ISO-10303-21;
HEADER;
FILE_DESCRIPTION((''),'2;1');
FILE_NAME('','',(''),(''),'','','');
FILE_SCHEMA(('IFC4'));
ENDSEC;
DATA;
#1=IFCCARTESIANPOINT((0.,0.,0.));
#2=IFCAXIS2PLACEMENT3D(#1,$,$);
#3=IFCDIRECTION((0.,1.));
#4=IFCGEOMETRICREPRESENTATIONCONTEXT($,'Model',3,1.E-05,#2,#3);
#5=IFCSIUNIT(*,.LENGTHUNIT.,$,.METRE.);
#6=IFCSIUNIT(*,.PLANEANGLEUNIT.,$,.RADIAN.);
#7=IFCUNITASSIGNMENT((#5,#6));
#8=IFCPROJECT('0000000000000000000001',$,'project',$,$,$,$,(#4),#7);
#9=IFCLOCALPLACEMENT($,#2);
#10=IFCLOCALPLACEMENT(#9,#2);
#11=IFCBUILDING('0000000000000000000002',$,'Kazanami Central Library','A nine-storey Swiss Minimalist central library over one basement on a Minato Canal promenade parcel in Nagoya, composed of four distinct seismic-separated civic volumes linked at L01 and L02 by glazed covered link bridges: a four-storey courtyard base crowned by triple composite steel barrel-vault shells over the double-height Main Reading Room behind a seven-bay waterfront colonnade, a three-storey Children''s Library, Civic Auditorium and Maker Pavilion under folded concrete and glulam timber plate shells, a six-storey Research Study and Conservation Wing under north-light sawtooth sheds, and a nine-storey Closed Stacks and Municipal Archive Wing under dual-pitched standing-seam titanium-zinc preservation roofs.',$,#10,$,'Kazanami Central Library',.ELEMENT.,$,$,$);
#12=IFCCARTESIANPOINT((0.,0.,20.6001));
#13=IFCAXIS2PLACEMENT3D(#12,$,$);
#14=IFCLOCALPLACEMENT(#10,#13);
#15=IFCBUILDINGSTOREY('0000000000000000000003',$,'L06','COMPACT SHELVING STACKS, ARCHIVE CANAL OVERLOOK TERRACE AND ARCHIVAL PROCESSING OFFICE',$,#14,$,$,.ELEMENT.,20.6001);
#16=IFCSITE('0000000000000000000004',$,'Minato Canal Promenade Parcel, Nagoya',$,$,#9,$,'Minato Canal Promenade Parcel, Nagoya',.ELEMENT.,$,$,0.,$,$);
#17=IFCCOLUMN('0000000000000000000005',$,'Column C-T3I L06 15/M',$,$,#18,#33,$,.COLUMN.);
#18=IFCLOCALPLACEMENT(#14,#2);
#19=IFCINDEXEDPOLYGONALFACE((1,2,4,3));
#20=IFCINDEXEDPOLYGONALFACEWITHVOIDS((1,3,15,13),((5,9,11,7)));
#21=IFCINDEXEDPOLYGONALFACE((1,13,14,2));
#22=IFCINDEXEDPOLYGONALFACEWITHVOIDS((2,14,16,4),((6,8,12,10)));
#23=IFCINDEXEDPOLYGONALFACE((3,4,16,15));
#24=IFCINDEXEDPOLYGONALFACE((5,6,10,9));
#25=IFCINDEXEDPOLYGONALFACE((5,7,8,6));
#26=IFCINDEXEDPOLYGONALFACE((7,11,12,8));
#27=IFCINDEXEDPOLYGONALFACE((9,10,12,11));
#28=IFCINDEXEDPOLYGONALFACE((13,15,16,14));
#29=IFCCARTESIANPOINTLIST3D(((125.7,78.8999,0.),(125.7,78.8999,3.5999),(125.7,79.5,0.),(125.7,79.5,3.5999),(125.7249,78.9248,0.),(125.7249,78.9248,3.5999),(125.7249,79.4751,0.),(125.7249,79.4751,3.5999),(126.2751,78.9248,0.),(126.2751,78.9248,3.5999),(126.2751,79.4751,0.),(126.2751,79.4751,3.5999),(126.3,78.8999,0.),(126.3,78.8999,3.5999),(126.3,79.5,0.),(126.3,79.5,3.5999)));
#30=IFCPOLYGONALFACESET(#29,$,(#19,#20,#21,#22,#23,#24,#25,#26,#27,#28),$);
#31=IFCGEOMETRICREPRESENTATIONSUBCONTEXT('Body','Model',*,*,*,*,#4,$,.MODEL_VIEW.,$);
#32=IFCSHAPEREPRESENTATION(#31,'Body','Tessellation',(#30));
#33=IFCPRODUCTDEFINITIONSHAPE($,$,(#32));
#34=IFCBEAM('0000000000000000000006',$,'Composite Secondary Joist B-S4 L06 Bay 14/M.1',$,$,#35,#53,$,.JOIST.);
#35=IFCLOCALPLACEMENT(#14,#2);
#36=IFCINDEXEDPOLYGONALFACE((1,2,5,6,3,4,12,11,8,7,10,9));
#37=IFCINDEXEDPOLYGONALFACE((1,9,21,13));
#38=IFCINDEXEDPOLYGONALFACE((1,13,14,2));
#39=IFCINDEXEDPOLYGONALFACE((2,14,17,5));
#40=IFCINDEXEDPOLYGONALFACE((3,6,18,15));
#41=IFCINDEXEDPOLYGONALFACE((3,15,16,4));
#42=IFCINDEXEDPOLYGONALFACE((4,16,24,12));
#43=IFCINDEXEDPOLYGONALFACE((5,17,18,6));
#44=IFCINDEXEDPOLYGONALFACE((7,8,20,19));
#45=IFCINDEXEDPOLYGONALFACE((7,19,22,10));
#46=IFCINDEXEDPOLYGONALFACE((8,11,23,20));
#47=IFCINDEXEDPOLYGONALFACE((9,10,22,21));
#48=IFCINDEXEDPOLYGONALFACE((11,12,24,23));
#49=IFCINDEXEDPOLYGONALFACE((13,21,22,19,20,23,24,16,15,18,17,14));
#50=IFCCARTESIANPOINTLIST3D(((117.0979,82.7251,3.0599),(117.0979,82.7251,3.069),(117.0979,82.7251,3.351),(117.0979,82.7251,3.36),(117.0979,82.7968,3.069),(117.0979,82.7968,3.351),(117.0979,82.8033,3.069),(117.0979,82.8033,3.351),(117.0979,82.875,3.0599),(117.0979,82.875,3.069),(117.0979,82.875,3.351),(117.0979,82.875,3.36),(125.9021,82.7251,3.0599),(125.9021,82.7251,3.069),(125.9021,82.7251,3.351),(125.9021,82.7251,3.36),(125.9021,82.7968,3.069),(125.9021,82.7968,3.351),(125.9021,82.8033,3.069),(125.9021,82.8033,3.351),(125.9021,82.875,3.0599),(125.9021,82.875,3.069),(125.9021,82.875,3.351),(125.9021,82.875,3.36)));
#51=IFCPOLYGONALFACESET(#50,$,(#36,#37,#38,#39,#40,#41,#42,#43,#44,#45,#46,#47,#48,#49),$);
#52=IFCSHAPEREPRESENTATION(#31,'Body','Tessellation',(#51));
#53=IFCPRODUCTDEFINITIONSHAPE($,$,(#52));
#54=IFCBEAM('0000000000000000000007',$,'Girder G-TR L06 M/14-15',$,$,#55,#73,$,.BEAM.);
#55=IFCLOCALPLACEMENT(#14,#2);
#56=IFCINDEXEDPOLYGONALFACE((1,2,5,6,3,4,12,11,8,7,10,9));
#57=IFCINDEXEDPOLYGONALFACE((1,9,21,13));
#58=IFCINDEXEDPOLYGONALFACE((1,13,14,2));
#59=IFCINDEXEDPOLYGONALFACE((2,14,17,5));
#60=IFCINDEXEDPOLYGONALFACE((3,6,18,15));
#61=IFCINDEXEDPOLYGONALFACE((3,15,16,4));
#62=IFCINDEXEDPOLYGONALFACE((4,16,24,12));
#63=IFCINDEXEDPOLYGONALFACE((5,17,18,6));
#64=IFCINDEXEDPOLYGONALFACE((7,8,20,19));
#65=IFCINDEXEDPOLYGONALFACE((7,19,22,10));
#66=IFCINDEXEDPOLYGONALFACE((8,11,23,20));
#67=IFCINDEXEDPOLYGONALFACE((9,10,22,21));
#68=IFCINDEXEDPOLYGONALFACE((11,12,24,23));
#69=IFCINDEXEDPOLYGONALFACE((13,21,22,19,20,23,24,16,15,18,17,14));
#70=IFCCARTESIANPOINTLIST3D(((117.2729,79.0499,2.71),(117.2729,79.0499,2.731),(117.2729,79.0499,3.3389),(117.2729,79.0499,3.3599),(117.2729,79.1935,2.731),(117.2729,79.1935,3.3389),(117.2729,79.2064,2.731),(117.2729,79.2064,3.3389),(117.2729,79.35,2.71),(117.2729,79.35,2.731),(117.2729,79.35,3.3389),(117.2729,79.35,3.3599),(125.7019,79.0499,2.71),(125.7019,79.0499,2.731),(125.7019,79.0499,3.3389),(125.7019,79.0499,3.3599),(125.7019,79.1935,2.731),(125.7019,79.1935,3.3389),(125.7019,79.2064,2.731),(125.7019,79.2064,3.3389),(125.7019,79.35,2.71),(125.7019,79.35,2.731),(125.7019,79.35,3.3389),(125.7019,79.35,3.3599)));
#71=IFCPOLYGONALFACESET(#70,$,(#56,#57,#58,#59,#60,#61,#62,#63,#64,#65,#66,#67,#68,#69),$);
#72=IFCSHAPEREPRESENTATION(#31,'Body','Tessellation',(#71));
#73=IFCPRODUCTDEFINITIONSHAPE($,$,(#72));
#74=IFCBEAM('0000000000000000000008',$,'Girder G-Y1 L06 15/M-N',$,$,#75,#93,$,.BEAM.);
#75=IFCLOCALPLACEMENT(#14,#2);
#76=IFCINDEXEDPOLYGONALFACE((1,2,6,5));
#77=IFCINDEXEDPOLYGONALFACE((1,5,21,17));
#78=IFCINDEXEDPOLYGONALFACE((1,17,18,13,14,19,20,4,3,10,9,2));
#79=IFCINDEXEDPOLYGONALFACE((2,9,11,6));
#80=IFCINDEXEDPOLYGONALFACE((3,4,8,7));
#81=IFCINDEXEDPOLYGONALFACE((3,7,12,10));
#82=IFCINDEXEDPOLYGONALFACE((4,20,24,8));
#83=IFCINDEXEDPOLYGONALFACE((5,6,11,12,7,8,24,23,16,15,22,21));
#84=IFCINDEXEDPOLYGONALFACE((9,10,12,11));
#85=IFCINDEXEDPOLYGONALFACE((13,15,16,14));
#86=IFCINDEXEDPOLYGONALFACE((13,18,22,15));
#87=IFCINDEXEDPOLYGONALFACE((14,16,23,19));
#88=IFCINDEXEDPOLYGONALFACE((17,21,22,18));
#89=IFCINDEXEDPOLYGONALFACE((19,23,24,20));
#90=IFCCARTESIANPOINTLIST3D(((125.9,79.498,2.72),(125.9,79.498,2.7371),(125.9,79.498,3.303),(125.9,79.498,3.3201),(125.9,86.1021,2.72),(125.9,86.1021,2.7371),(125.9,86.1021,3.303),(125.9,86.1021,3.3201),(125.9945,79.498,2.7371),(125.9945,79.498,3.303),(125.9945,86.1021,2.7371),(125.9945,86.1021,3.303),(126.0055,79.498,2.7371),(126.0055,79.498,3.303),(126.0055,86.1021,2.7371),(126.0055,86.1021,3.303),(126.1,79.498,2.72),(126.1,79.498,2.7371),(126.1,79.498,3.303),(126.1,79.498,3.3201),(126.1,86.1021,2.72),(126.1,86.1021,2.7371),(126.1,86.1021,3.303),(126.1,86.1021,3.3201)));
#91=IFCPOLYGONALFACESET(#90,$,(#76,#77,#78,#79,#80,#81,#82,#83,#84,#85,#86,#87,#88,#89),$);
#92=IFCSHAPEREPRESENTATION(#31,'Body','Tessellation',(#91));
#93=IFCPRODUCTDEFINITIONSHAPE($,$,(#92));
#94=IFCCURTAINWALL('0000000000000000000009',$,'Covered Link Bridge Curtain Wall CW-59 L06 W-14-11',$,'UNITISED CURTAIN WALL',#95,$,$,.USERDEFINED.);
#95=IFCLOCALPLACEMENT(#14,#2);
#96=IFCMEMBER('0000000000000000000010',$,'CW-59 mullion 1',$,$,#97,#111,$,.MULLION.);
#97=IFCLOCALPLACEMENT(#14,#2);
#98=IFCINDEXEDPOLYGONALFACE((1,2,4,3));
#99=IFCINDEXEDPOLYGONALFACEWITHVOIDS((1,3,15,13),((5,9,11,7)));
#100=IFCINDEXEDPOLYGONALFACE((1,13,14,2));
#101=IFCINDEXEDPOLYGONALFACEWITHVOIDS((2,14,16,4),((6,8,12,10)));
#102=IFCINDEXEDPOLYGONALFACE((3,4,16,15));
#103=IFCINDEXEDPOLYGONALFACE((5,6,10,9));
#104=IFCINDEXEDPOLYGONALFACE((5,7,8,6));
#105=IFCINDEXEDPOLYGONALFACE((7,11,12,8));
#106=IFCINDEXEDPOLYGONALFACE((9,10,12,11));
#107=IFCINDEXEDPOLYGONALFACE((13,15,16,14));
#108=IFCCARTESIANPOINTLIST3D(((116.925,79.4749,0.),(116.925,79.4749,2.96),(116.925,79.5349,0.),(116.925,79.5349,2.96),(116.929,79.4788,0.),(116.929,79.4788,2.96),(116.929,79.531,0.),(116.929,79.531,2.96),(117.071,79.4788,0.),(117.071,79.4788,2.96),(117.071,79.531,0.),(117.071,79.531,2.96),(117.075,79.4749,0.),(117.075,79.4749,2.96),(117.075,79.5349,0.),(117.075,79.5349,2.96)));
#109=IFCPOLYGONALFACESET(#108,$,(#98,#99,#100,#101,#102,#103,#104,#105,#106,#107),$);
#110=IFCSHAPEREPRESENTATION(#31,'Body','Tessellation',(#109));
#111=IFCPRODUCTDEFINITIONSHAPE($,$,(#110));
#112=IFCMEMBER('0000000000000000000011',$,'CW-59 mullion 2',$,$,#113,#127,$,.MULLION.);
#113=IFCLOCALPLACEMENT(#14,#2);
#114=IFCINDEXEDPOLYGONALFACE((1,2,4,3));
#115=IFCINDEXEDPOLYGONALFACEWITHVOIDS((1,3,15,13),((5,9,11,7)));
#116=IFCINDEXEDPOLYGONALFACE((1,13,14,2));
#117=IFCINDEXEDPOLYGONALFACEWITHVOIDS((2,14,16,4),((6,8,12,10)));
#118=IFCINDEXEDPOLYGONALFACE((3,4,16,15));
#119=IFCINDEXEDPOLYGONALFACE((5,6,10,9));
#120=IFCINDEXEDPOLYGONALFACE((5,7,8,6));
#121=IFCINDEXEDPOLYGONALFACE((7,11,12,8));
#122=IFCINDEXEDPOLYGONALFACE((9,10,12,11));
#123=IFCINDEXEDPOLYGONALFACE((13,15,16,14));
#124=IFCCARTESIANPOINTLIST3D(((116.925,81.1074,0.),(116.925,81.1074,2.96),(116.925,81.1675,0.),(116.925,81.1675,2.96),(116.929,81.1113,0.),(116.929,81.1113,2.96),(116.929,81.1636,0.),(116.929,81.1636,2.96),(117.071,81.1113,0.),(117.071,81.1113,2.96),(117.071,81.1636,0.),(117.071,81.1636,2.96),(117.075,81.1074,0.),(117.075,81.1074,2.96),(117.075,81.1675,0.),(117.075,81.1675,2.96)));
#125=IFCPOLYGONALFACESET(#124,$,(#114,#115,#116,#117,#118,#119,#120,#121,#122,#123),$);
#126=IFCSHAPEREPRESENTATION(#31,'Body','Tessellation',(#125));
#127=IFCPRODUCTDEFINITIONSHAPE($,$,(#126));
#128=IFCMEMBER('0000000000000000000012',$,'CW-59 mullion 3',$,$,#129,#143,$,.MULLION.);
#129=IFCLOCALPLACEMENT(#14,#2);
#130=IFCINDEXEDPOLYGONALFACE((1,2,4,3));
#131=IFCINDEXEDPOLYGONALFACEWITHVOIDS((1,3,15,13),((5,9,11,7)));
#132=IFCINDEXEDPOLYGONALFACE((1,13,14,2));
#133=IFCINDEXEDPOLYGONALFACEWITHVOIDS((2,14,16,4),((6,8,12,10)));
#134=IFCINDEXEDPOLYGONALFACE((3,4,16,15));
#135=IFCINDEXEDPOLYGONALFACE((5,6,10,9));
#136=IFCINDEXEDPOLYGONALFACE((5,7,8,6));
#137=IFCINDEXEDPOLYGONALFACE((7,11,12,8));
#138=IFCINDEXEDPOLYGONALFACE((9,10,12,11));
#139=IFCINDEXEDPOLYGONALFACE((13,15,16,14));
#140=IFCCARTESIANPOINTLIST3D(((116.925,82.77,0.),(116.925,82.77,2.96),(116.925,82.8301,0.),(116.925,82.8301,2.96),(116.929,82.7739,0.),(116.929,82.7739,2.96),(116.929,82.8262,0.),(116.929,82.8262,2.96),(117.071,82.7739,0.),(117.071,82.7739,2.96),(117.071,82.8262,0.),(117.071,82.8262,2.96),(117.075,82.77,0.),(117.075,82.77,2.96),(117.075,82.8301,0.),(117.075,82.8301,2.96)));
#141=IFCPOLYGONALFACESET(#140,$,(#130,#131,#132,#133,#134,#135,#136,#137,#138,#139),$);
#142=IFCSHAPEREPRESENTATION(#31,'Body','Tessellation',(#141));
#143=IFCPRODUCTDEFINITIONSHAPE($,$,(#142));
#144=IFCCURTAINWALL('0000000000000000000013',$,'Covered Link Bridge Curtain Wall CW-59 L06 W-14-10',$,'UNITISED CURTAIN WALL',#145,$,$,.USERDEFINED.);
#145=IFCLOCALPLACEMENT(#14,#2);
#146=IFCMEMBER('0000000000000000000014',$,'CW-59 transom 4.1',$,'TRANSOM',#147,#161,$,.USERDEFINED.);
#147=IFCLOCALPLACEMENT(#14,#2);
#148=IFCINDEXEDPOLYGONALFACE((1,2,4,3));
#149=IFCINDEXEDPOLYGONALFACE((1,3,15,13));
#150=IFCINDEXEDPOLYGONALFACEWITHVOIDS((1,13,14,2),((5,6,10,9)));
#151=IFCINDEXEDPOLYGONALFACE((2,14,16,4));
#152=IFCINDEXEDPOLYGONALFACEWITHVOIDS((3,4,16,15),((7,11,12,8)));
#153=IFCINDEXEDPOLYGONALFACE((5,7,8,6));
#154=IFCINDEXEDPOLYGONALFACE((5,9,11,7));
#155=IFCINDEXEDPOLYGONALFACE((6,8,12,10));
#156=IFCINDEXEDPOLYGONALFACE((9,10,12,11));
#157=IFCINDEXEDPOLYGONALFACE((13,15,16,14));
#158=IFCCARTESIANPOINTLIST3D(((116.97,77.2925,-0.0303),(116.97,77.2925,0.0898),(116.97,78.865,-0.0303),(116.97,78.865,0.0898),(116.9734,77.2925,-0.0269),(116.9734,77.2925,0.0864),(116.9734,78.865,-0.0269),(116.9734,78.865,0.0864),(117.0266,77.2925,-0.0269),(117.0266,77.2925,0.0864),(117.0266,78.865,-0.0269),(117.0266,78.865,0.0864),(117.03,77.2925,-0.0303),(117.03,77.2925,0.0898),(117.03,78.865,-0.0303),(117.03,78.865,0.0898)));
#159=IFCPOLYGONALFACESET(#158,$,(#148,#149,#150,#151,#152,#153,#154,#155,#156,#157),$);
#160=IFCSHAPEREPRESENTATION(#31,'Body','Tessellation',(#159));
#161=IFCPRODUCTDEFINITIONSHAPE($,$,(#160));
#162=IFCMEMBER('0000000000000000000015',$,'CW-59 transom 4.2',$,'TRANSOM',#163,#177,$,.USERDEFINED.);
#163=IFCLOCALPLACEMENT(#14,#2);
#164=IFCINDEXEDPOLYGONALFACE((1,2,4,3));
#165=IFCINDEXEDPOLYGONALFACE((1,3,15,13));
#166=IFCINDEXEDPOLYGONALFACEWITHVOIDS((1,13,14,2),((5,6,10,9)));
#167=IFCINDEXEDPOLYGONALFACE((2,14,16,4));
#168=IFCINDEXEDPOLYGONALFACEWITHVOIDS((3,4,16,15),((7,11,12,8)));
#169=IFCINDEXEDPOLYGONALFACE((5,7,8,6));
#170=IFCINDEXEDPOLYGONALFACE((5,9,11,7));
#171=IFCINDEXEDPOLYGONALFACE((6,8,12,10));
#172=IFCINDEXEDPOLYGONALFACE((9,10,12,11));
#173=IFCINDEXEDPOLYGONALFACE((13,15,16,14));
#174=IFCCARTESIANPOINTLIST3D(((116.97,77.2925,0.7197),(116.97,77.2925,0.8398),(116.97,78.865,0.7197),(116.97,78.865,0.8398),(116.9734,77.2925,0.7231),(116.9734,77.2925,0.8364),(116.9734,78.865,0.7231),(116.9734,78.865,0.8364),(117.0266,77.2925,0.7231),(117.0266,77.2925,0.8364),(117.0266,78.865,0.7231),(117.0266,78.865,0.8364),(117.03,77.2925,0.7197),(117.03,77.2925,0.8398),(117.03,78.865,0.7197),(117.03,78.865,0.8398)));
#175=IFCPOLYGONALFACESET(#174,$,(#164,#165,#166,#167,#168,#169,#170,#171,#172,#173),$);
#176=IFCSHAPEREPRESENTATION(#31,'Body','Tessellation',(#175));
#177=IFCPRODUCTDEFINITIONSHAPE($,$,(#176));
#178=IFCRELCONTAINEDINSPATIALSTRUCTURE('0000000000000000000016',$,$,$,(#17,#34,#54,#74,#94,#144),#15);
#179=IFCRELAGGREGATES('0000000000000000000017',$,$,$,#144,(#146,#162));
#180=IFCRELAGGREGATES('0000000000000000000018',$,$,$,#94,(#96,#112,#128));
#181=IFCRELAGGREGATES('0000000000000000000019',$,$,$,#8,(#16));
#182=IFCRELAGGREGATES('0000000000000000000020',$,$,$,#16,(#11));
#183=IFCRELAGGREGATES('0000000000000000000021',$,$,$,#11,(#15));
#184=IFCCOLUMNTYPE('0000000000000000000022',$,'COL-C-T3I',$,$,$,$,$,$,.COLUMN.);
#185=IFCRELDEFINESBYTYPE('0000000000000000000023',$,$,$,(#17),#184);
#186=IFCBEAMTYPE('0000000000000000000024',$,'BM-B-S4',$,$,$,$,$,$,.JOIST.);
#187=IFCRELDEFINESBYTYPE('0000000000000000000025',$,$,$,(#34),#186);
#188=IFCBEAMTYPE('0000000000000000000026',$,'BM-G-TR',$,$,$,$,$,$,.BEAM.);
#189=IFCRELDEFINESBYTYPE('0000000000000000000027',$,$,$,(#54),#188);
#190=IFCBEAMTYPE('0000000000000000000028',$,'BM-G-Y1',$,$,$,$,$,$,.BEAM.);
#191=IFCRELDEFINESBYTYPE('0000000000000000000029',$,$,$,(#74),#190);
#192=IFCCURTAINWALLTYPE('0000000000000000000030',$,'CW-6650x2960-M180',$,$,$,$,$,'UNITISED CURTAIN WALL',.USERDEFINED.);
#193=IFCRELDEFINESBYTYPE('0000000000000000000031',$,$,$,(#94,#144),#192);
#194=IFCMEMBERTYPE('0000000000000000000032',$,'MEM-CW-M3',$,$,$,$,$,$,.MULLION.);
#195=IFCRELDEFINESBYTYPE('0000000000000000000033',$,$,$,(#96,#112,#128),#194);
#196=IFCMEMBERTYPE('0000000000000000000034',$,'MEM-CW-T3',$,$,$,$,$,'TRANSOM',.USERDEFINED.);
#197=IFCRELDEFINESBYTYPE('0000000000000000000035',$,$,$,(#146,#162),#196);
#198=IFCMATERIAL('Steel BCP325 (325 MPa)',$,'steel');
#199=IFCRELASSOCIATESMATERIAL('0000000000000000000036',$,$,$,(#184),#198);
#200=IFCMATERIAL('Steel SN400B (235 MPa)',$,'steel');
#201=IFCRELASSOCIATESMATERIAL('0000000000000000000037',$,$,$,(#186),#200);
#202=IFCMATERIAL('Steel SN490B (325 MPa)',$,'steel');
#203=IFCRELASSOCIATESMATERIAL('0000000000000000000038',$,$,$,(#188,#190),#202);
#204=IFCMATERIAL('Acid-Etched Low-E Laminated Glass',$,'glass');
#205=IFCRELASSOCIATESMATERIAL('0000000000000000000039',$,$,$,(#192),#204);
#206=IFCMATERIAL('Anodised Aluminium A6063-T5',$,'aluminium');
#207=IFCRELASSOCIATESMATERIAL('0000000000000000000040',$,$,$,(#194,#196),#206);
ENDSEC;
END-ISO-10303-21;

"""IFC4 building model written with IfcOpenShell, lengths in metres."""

from ifc_helpers import new_model, si_unit, direction, frame, origin, origin_2d, place, context, subcontext, project, spatial, hollow_rectangle, i_section, extrude, material, material_profile, profile_set, type_object, element, aggregate, save


model = new_model("IFC4")

# Units and contexts
model_context = context("Model", 3, precision=1e-05, world=origin(), true_north=direction((0.0, 1.0)))
body_context = subcontext(model_context, "Body", "Model", "MODEL_VIEW")
ifc_project = project(units=[si_unit("LENGTHUNIT", "METRE"), si_unit("PLANEANGLEUNIT", "RADIAN")], contexts=[model_context])

# Site, building, storey
site_placement = place(None, origin())
site = spatial("IfcSite", under=ifc_project, at=site_placement, Name="Minato Canal Promenade Parcel, Nagoya", LongName="Minato Canal Promenade Parcel, Nagoya", CompositionType="ELEMENT", RefElevation=0.0)
building_placement = place(site_placement, origin())
building = spatial("IfcBuilding", under=site, at=building_placement, Name="Kazanami Central Library", Description="A nine-storey Swiss Minimalist central library over one basement on a Minato Canal promenade parcel in Nagoya, composed of four distinct seismic-separated civic volumes linked at L01 and L02 by glazed covered link bridges: a four-storey courtyard base crowned by triple composite steel barrel-vault shells over the double-height Main Reading Room behind a seven-bay waterfront colonnade, a three-storey Children's Library, Civic Auditorium and Maker Pavilion under folded concrete and glulam timber plate shells, a six-storey Research Study and Conservation Wing under north-light sawtooth sheds, and a nine-storey Closed Stacks and Municipal Archive Wing under dual-pitched standing-seam titanium-zinc preservation roofs.", LongName="Kazanami Central Library", CompositionType="ELEMENT")
storey_placement = place(building_placement, frame((0.0, 0.0, 20.6001)))
storey = spatial("IfcBuildingStorey", under=building, at=storey_placement, Name="L06", Description="COMPACT SHELVING STACKS, ARCHIVE CANAL OVERLOOK TERRACE AND ARCHIVAL PROCESSING OFFICE", CompositionType="ELEMENT", Elevation=20.6001)

# Column
ifc_material_1 = material(Name="Steel BCP325 (325 MPa)", Category="steel")
ifc_material_profile_1 = material_profile(ifc_material_1, hollow_rectangle(XDim=0.6001, YDim=0.6001, WallThickness=0.0249, at=origin_2d()), Name="BCP-600x600x25")
ifc_profile_set_1 = profile_set([ifc_material_profile_1], Name="Steel BCP325 (325 MPa)")
column_type = type_object("IfcColumnType", Name="COL-C-T3I", PredefinedType="COLUMN", material=ifc_profile_set_1)
column_placement = place(storey_placement, frame((126.0, 79.2, 0.0), z_axis=(0.0, 0.0, 1.0), x_axis=(1.0, 0.0, 0.0)))
element("IfcColumn", 1, at=column_placement, inside=storey, type_object=column_type, Name="Column C-T3I L06 15/M", PredefinedType="COLUMN", context=body_context, shape_type="SweptSolid", body=[
    extrude(hollow_rectangle(XDim=0.6001, YDim=0.6001, WallThickness=0.0249, at=origin_2d()), origin(), (0.0, 0.0, 1.0), 3.5999),
])

# Beams
ifc_material_2 = material(Name="Steel SN400B (235 MPa)", Category="steel")
ifc_material_profile_2 = material_profile(ifc_material_2, i_section(OverallWidth=0.1499, OverallDepth=0.3, WebThickness=0.0066, FlangeThickness=0.009, at=origin_2d()), Name="H-300x150x6.5x9")
ifc_profile_set_2 = profile_set([ifc_material_profile_2], Name="Steel SN400B (235 MPa)")
beam_type_1 = type_object("IfcBeamType", Name="BM-B-S4", PredefinedType="JOIST", material=ifc_profile_set_2)
beam_1_placement = place(storey_placement, frame((117.0979, 82.8, 3.21), z_axis=(1.0, 0.0, 0.0), x_axis=(0.0, 1.0, 0.0)))
element("IfcBeam", 2, at=beam_1_placement, inside=storey, type_object=beam_type_1, Name="Composite Secondary Joist B-S4 L06 Bay 14/M.1", PredefinedType="JOIST", context=body_context, shape_type="SweptSolid", body=[
    extrude(i_section(OverallWidth=0.1499, OverallDepth=0.3, WebThickness=0.0066, FlangeThickness=0.009, at=origin_2d()), origin(), (0.0, 0.0, 1.0), 8.8042),
])
ifc_material_3 = material(Name="Steel SN490B (325 MPa)", Category="steel")
ifc_material_profile_3 = material_profile(ifc_material_3, i_section(OverallWidth=0.3, OverallDepth=0.6499, WebThickness=0.0129, FlangeThickness=0.021, at=origin_2d()), Name="H-650x300x13x21")
ifc_profile_set_3 = profile_set([ifc_material_profile_3], Name="Steel SN490B (325 MPa)")
beam_type_2 = type_object("IfcBeamType", Name="BM-G-TR", PredefinedType="BEAM", material=ifc_profile_set_3)
beam_2_placement = place(storey_placement, frame((117.2729, 79.2, 3.0349), z_axis=(1.0, 0.0, 0.0), x_axis=(0.0, 1.0, 0.0)))
element("IfcBeam", 3, at=beam_2_placement, inside=storey, type_object=beam_type_2, Name="Girder G-TR L06 M/14-15", PredefinedType="BEAM", context=body_context, shape_type="SweptSolid", body=[
    extrude(i_section(OverallWidth=0.3, OverallDepth=0.6499, WebThickness=0.0129, FlangeThickness=0.021, at=origin_2d()), origin(), (0.0, 0.0, 1.0), 8.429),
])
ifc_material_profile_4 = material_profile(ifc_material_3, i_section(OverallWidth=0.2, OverallDepth=0.6001, WebThickness=0.011, FlangeThickness=0.0171, at=origin_2d()), Name="H-600x200x11x17")
ifc_profile_set_4 = profile_set([ifc_material_profile_4], Name="Steel SN490B (325 MPa)")
beam_type_3 = type_object("IfcBeamType", Name="BM-G-Y1", PredefinedType="BEAM", material=ifc_profile_set_4)
beam_3_placement = place(storey_placement, frame((126.0, 79.498, 3.02), z_axis=(0.0, 1.0, 0.0), x_axis=(-1.0, 0.0, 0.0)))
element("IfcBeam", 4, at=beam_3_placement, inside=storey, type_object=beam_type_3, Name="Girder G-Y1 L06 15/M-N", PredefinedType="BEAM", context=body_context, shape_type="SweptSolid", body=[
    extrude(i_section(OverallWidth=0.2, OverallDepth=0.6001, WebThickness=0.011, FlangeThickness=0.0171, at=origin_2d()), origin(), (0.0, 0.0, 1.0), 6.604),
])

# Curtain walls, members
ifc_material_4 = material(Name="Acid-Etched Low-E Laminated Glass", Category="glass")
curtain_wall_type = type_object("IfcCurtainWallType", Name="CW-6650x2960-M180", ElementType="UNITISED CURTAIN WALL", PredefinedType="USERDEFINED", material=ifc_material_4)
curtain_wall_1_placement = place(storey_placement, origin())
curtain_wall_1 = element("IfcCurtainWall", 5, at=curtain_wall_1_placement, inside=storey, type_object=curtain_wall_type, Name="Covered Link Bridge Curtain Wall CW-59 L06 W-14-11", ObjectType="UNITISED CURTAIN WALL", PredefinedType="USERDEFINED")
ifc_material_5 = material(Name="Anodised Aluminium A6063-T5", Category="aluminium")
ifc_material_profile_5 = material_profile(ifc_material_5, hollow_rectangle(XDim=0.0601, YDim=0.1499, WallThickness=0.0039, at=origin_2d()), Name="ALU-MULL-60x150x4")
ifc_profile_set_5 = profile_set([ifc_material_profile_5], Name="Anodised Aluminium A6063-T5")
member_type_1 = type_object("IfcMemberType", Name="MEM-CW-M3", PredefinedType="MULLION", material=ifc_profile_set_5)
member_1_placement = place(storey_placement, frame((117.0, 79.5049, 0.0), z_axis=(0.0, 0.0, 1.0), x_axis=(0.0, 1.0, 0.0)))
member_1 = element("IfcMember", 6, at=member_1_placement, type_object=member_type_1, Name="CW-59 mullion 1", PredefinedType="MULLION", context=body_context, shape_type="SweptSolid", body=[
    extrude(hollow_rectangle(XDim=0.0601, YDim=0.1499, WallThickness=0.0039, at=origin_2d()), origin(), (0.0, 0.0, 1.0), 2.96),
])
member_2_placement = place(storey_placement, frame((117.0, 81.1375, 0.0), z_axis=(0.0, 0.0, 1.0), x_axis=(0.0, 1.0, 0.0)))
member_2 = element("IfcMember", 7, at=member_2_placement, type_object=member_type_1, Name="CW-59 mullion 2", PredefinedType="MULLION", context=body_context, shape_type="SweptSolid", body=[
    extrude(hollow_rectangle(XDim=0.0601, YDim=0.1499, WallThickness=0.0039, at=origin_2d()), origin(), (0.0, 0.0, 1.0), 2.96),
])
member_3_placement = place(storey_placement, frame((117.0, 82.8, 0.0), z_axis=(0.0, 0.0, 1.0), x_axis=(0.0, 1.0, 0.0)))
member_3 = element("IfcMember", 8, at=member_3_placement, type_object=member_type_1, Name="CW-59 mullion 3", PredefinedType="MULLION", context=body_context, shape_type="SweptSolid", body=[
    extrude(hollow_rectangle(XDim=0.0601, YDim=0.1499, WallThickness=0.0039, at=origin_2d()), origin(), (0.0, 0.0, 1.0), 2.96),
])
curtain_wall_2_placement = place(storey_placement, origin())
curtain_wall_2 = element("IfcCurtainWall", 9, at=curtain_wall_2_placement, inside=storey, type_object=curtain_wall_type, Name="Covered Link Bridge Curtain Wall CW-59 L06 W-14-10", ObjectType="UNITISED CURTAIN WALL", PredefinedType="USERDEFINED")
ifc_material_profile_6 = material_profile(ifc_material_5, hollow_rectangle(XDim=0.0601, YDim=0.1201, WallThickness=0.0034, at=origin_2d()), Name="ALU-TRAN-60x120x3.5")
ifc_profile_set_6 = profile_set([ifc_material_profile_6], Name="Anodised Aluminium A6063-T5")
member_type_2 = type_object("IfcMemberType", Name="MEM-CW-T3", ElementType="TRANSOM", PredefinedType="USERDEFINED", material=ifc_profile_set_6)
member_4_placement = place(storey_placement, frame((117.0, 77.2925, 0.0298), z_axis=(0.0, 1.0, 0.0), x_axis=(-1.0, 0.0, 0.0)))
member_4 = element("IfcMember", 10, at=member_4_placement, type_object=member_type_2, Name="CW-59 transom 4.1", ObjectType="TRANSOM", PredefinedType="USERDEFINED", context=body_context, shape_type="SweptSolid", body=[
    extrude(hollow_rectangle(XDim=0.0601, YDim=0.1201, WallThickness=0.0034, at=origin_2d()), origin(), (0.0, 0.0, 1.0), 1.5725),
])
member_5_placement = place(storey_placement, frame((117.0, 77.2925, 0.7798), z_axis=(0.0, 1.0, 0.0), x_axis=(-1.0, 0.0, 0.0)))
member_5 = element("IfcMember", 11, at=member_5_placement, type_object=member_type_2, Name="CW-59 transom 4.2", ObjectType="TRANSOM", PredefinedType="USERDEFINED", context=body_context, shape_type="SweptSolid", body=[
    extrude(hollow_rectangle(XDim=0.0601, YDim=0.1201, WallThickness=0.0034, at=origin_2d()), origin(), (0.0, 0.0, 1.0), 1.5725),
])

aggregate(curtain_wall_2, [member_4, member_5])
aggregate(curtain_wall_1, [member_1, member_2, member_3])

save(model, "model.ifc")
